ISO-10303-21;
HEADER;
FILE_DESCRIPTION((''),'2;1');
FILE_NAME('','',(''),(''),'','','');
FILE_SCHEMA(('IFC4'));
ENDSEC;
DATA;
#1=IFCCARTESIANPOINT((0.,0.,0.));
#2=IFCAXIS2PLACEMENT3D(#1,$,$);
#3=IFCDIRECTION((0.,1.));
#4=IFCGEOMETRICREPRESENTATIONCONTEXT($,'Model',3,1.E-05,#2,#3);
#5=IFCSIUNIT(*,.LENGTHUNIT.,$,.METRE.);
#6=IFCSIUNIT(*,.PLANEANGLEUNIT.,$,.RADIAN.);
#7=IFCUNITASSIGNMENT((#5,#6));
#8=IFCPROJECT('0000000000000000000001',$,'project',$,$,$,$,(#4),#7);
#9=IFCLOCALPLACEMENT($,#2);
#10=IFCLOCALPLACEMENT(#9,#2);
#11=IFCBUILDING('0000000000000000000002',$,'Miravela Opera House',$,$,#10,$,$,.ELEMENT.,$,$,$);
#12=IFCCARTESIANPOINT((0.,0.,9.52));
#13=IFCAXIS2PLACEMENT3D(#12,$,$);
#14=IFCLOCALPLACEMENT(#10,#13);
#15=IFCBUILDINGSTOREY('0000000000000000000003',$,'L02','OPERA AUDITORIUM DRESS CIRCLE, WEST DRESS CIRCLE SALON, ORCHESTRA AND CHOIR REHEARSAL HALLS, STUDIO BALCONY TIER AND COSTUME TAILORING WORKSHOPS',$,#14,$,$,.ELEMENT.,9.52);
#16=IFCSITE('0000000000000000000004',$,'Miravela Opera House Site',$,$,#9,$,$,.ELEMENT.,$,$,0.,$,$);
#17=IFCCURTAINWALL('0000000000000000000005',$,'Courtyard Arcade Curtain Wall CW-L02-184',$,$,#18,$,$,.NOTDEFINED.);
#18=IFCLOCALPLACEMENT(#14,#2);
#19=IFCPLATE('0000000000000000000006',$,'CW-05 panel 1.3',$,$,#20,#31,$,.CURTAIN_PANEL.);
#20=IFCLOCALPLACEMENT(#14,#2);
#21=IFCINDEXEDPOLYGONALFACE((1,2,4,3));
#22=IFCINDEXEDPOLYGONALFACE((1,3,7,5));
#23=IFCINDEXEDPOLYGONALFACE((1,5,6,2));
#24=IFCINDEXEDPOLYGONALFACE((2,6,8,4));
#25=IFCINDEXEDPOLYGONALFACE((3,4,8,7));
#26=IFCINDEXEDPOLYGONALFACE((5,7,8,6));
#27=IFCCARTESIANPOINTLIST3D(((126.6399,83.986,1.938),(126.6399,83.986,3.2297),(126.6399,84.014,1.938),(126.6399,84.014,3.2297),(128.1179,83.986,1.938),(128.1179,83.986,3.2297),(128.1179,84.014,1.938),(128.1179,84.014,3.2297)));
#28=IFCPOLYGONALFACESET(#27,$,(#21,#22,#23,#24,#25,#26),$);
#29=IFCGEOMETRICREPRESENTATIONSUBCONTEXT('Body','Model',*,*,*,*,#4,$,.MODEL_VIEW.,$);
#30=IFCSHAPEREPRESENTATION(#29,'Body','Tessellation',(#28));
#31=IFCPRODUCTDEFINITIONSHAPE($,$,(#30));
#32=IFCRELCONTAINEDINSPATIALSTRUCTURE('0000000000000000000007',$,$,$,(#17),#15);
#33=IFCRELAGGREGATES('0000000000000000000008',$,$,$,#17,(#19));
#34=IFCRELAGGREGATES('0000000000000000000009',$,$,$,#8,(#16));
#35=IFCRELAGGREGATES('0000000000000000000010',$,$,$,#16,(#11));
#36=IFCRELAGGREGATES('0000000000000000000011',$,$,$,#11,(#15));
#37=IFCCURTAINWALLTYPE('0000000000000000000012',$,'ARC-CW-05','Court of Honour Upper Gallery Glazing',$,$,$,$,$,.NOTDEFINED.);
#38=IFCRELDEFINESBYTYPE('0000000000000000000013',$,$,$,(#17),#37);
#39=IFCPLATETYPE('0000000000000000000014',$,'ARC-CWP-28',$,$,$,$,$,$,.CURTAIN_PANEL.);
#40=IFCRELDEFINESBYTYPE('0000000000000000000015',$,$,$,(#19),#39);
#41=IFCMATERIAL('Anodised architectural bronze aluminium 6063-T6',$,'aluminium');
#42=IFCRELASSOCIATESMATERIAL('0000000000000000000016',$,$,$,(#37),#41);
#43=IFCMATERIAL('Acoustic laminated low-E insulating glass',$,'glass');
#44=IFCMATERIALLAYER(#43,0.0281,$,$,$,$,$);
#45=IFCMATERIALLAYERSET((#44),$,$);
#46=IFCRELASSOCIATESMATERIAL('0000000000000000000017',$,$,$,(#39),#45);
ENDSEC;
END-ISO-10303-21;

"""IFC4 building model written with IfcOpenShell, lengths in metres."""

from ifc_helpers import new_model, si_unit, direction, frame, origin, origin_2d, place, context, subcontext, project, spatial, rectangle, extrude, material, layer, layer_set, type_object, element, aggregate, save


model = new_model("IFC4")

# Units and contexts
model_context = context("Model", 3, precision=1e-05, world=origin(), true_north=direction((0.0, 1.0)))
body_context = subcontext(model_context, "Body", "Model", "MODEL_VIEW")
ifc_project = project(units=[si_unit("LENGTHUNIT", "METRE"), si_unit("PLANEANGLEUNIT", "RADIAN")], contexts=[model_context])

# Site, building, storey
site_placement = place(None, origin())
site = spatial("IfcSite", under=ifc_project, at=site_placement, Name="Miravela Opera House Site", CompositionType="ELEMENT", RefElevation=0.0)
building_placement = place(site_placement, origin())
building = spatial("IfcBuilding", under=site, at=building_placement, Name="Miravela Opera House", CompositionType="ELEMENT")
storey_placement = place(building_placement, frame((0.0, 0.0, 9.52)))
storey = spatial("IfcBuildingStorey", under=building, at=storey_placement, Name="L02", Description="OPERA AUDITORIUM DRESS CIRCLE, WEST DRESS CIRCLE SALON, ORCHESTRA AND CHOIR REHEARSAL HALLS, STUDIO BALCONY TIER AND COSTUME TAILORING WORKSHOPS", CompositionType="ELEMENT", Elevation=9.52)

# Curtain wall
ifc_material_1 = material(Name="Anodised architectural bronze aluminium 6063-T6", Category="aluminium")
curtain_wall_type = type_object("IfcCurtainWallType", Name="ARC-CW-05", Description="Court of Honour Upper Gallery Glazing", PredefinedType="NOTDEFINED", material=ifc_material_1)
curtain_wall_1_placement = place(storey_placement, origin())
curtain_wall_1 = element("IfcCurtainWall", 1, at=curtain_wall_1_placement, inside=storey, type_object=curtain_wall_type, Name="Courtyard Arcade Curtain Wall CW-L02-184", PredefinedType="NOTDEFINED")

# Plate
ifc_material_2 = material(Name="Acoustic laminated low-E insulating glass", Category="glass")
ifc_layer = layer(ifc_material_2, 0.0281)
ifc_layer_set = layer_set([ifc_layer])
plate_type = type_object("IfcPlateType", Name="ARC-CWP-28", PredefinedType="CURTAIN_PANEL", material=ifc_layer_set)
plate_1_placement = place(storey_placement, frame((127.3789, 84.0, 1.938), z_axis=(0.0, 0.0, 1.0), x_axis=(1.0, 0.0, 0.0)))
plate_1 = element("IfcPlate", 2, at=plate_1_placement, type_object=plate_type, Name="CW-05 panel 1.3", PredefinedType="CURTAIN_PANEL", context=body_context, shape_type="SweptSolid", body=[
    extrude(rectangle(XDim=1.478, YDim=0.0281, at=origin_2d()), origin(), (0.0, 0.0, 1.0), 1.2917),
])
aggregate(curtain_wall_1, [plate_1])

save(model, "model.ifc")
